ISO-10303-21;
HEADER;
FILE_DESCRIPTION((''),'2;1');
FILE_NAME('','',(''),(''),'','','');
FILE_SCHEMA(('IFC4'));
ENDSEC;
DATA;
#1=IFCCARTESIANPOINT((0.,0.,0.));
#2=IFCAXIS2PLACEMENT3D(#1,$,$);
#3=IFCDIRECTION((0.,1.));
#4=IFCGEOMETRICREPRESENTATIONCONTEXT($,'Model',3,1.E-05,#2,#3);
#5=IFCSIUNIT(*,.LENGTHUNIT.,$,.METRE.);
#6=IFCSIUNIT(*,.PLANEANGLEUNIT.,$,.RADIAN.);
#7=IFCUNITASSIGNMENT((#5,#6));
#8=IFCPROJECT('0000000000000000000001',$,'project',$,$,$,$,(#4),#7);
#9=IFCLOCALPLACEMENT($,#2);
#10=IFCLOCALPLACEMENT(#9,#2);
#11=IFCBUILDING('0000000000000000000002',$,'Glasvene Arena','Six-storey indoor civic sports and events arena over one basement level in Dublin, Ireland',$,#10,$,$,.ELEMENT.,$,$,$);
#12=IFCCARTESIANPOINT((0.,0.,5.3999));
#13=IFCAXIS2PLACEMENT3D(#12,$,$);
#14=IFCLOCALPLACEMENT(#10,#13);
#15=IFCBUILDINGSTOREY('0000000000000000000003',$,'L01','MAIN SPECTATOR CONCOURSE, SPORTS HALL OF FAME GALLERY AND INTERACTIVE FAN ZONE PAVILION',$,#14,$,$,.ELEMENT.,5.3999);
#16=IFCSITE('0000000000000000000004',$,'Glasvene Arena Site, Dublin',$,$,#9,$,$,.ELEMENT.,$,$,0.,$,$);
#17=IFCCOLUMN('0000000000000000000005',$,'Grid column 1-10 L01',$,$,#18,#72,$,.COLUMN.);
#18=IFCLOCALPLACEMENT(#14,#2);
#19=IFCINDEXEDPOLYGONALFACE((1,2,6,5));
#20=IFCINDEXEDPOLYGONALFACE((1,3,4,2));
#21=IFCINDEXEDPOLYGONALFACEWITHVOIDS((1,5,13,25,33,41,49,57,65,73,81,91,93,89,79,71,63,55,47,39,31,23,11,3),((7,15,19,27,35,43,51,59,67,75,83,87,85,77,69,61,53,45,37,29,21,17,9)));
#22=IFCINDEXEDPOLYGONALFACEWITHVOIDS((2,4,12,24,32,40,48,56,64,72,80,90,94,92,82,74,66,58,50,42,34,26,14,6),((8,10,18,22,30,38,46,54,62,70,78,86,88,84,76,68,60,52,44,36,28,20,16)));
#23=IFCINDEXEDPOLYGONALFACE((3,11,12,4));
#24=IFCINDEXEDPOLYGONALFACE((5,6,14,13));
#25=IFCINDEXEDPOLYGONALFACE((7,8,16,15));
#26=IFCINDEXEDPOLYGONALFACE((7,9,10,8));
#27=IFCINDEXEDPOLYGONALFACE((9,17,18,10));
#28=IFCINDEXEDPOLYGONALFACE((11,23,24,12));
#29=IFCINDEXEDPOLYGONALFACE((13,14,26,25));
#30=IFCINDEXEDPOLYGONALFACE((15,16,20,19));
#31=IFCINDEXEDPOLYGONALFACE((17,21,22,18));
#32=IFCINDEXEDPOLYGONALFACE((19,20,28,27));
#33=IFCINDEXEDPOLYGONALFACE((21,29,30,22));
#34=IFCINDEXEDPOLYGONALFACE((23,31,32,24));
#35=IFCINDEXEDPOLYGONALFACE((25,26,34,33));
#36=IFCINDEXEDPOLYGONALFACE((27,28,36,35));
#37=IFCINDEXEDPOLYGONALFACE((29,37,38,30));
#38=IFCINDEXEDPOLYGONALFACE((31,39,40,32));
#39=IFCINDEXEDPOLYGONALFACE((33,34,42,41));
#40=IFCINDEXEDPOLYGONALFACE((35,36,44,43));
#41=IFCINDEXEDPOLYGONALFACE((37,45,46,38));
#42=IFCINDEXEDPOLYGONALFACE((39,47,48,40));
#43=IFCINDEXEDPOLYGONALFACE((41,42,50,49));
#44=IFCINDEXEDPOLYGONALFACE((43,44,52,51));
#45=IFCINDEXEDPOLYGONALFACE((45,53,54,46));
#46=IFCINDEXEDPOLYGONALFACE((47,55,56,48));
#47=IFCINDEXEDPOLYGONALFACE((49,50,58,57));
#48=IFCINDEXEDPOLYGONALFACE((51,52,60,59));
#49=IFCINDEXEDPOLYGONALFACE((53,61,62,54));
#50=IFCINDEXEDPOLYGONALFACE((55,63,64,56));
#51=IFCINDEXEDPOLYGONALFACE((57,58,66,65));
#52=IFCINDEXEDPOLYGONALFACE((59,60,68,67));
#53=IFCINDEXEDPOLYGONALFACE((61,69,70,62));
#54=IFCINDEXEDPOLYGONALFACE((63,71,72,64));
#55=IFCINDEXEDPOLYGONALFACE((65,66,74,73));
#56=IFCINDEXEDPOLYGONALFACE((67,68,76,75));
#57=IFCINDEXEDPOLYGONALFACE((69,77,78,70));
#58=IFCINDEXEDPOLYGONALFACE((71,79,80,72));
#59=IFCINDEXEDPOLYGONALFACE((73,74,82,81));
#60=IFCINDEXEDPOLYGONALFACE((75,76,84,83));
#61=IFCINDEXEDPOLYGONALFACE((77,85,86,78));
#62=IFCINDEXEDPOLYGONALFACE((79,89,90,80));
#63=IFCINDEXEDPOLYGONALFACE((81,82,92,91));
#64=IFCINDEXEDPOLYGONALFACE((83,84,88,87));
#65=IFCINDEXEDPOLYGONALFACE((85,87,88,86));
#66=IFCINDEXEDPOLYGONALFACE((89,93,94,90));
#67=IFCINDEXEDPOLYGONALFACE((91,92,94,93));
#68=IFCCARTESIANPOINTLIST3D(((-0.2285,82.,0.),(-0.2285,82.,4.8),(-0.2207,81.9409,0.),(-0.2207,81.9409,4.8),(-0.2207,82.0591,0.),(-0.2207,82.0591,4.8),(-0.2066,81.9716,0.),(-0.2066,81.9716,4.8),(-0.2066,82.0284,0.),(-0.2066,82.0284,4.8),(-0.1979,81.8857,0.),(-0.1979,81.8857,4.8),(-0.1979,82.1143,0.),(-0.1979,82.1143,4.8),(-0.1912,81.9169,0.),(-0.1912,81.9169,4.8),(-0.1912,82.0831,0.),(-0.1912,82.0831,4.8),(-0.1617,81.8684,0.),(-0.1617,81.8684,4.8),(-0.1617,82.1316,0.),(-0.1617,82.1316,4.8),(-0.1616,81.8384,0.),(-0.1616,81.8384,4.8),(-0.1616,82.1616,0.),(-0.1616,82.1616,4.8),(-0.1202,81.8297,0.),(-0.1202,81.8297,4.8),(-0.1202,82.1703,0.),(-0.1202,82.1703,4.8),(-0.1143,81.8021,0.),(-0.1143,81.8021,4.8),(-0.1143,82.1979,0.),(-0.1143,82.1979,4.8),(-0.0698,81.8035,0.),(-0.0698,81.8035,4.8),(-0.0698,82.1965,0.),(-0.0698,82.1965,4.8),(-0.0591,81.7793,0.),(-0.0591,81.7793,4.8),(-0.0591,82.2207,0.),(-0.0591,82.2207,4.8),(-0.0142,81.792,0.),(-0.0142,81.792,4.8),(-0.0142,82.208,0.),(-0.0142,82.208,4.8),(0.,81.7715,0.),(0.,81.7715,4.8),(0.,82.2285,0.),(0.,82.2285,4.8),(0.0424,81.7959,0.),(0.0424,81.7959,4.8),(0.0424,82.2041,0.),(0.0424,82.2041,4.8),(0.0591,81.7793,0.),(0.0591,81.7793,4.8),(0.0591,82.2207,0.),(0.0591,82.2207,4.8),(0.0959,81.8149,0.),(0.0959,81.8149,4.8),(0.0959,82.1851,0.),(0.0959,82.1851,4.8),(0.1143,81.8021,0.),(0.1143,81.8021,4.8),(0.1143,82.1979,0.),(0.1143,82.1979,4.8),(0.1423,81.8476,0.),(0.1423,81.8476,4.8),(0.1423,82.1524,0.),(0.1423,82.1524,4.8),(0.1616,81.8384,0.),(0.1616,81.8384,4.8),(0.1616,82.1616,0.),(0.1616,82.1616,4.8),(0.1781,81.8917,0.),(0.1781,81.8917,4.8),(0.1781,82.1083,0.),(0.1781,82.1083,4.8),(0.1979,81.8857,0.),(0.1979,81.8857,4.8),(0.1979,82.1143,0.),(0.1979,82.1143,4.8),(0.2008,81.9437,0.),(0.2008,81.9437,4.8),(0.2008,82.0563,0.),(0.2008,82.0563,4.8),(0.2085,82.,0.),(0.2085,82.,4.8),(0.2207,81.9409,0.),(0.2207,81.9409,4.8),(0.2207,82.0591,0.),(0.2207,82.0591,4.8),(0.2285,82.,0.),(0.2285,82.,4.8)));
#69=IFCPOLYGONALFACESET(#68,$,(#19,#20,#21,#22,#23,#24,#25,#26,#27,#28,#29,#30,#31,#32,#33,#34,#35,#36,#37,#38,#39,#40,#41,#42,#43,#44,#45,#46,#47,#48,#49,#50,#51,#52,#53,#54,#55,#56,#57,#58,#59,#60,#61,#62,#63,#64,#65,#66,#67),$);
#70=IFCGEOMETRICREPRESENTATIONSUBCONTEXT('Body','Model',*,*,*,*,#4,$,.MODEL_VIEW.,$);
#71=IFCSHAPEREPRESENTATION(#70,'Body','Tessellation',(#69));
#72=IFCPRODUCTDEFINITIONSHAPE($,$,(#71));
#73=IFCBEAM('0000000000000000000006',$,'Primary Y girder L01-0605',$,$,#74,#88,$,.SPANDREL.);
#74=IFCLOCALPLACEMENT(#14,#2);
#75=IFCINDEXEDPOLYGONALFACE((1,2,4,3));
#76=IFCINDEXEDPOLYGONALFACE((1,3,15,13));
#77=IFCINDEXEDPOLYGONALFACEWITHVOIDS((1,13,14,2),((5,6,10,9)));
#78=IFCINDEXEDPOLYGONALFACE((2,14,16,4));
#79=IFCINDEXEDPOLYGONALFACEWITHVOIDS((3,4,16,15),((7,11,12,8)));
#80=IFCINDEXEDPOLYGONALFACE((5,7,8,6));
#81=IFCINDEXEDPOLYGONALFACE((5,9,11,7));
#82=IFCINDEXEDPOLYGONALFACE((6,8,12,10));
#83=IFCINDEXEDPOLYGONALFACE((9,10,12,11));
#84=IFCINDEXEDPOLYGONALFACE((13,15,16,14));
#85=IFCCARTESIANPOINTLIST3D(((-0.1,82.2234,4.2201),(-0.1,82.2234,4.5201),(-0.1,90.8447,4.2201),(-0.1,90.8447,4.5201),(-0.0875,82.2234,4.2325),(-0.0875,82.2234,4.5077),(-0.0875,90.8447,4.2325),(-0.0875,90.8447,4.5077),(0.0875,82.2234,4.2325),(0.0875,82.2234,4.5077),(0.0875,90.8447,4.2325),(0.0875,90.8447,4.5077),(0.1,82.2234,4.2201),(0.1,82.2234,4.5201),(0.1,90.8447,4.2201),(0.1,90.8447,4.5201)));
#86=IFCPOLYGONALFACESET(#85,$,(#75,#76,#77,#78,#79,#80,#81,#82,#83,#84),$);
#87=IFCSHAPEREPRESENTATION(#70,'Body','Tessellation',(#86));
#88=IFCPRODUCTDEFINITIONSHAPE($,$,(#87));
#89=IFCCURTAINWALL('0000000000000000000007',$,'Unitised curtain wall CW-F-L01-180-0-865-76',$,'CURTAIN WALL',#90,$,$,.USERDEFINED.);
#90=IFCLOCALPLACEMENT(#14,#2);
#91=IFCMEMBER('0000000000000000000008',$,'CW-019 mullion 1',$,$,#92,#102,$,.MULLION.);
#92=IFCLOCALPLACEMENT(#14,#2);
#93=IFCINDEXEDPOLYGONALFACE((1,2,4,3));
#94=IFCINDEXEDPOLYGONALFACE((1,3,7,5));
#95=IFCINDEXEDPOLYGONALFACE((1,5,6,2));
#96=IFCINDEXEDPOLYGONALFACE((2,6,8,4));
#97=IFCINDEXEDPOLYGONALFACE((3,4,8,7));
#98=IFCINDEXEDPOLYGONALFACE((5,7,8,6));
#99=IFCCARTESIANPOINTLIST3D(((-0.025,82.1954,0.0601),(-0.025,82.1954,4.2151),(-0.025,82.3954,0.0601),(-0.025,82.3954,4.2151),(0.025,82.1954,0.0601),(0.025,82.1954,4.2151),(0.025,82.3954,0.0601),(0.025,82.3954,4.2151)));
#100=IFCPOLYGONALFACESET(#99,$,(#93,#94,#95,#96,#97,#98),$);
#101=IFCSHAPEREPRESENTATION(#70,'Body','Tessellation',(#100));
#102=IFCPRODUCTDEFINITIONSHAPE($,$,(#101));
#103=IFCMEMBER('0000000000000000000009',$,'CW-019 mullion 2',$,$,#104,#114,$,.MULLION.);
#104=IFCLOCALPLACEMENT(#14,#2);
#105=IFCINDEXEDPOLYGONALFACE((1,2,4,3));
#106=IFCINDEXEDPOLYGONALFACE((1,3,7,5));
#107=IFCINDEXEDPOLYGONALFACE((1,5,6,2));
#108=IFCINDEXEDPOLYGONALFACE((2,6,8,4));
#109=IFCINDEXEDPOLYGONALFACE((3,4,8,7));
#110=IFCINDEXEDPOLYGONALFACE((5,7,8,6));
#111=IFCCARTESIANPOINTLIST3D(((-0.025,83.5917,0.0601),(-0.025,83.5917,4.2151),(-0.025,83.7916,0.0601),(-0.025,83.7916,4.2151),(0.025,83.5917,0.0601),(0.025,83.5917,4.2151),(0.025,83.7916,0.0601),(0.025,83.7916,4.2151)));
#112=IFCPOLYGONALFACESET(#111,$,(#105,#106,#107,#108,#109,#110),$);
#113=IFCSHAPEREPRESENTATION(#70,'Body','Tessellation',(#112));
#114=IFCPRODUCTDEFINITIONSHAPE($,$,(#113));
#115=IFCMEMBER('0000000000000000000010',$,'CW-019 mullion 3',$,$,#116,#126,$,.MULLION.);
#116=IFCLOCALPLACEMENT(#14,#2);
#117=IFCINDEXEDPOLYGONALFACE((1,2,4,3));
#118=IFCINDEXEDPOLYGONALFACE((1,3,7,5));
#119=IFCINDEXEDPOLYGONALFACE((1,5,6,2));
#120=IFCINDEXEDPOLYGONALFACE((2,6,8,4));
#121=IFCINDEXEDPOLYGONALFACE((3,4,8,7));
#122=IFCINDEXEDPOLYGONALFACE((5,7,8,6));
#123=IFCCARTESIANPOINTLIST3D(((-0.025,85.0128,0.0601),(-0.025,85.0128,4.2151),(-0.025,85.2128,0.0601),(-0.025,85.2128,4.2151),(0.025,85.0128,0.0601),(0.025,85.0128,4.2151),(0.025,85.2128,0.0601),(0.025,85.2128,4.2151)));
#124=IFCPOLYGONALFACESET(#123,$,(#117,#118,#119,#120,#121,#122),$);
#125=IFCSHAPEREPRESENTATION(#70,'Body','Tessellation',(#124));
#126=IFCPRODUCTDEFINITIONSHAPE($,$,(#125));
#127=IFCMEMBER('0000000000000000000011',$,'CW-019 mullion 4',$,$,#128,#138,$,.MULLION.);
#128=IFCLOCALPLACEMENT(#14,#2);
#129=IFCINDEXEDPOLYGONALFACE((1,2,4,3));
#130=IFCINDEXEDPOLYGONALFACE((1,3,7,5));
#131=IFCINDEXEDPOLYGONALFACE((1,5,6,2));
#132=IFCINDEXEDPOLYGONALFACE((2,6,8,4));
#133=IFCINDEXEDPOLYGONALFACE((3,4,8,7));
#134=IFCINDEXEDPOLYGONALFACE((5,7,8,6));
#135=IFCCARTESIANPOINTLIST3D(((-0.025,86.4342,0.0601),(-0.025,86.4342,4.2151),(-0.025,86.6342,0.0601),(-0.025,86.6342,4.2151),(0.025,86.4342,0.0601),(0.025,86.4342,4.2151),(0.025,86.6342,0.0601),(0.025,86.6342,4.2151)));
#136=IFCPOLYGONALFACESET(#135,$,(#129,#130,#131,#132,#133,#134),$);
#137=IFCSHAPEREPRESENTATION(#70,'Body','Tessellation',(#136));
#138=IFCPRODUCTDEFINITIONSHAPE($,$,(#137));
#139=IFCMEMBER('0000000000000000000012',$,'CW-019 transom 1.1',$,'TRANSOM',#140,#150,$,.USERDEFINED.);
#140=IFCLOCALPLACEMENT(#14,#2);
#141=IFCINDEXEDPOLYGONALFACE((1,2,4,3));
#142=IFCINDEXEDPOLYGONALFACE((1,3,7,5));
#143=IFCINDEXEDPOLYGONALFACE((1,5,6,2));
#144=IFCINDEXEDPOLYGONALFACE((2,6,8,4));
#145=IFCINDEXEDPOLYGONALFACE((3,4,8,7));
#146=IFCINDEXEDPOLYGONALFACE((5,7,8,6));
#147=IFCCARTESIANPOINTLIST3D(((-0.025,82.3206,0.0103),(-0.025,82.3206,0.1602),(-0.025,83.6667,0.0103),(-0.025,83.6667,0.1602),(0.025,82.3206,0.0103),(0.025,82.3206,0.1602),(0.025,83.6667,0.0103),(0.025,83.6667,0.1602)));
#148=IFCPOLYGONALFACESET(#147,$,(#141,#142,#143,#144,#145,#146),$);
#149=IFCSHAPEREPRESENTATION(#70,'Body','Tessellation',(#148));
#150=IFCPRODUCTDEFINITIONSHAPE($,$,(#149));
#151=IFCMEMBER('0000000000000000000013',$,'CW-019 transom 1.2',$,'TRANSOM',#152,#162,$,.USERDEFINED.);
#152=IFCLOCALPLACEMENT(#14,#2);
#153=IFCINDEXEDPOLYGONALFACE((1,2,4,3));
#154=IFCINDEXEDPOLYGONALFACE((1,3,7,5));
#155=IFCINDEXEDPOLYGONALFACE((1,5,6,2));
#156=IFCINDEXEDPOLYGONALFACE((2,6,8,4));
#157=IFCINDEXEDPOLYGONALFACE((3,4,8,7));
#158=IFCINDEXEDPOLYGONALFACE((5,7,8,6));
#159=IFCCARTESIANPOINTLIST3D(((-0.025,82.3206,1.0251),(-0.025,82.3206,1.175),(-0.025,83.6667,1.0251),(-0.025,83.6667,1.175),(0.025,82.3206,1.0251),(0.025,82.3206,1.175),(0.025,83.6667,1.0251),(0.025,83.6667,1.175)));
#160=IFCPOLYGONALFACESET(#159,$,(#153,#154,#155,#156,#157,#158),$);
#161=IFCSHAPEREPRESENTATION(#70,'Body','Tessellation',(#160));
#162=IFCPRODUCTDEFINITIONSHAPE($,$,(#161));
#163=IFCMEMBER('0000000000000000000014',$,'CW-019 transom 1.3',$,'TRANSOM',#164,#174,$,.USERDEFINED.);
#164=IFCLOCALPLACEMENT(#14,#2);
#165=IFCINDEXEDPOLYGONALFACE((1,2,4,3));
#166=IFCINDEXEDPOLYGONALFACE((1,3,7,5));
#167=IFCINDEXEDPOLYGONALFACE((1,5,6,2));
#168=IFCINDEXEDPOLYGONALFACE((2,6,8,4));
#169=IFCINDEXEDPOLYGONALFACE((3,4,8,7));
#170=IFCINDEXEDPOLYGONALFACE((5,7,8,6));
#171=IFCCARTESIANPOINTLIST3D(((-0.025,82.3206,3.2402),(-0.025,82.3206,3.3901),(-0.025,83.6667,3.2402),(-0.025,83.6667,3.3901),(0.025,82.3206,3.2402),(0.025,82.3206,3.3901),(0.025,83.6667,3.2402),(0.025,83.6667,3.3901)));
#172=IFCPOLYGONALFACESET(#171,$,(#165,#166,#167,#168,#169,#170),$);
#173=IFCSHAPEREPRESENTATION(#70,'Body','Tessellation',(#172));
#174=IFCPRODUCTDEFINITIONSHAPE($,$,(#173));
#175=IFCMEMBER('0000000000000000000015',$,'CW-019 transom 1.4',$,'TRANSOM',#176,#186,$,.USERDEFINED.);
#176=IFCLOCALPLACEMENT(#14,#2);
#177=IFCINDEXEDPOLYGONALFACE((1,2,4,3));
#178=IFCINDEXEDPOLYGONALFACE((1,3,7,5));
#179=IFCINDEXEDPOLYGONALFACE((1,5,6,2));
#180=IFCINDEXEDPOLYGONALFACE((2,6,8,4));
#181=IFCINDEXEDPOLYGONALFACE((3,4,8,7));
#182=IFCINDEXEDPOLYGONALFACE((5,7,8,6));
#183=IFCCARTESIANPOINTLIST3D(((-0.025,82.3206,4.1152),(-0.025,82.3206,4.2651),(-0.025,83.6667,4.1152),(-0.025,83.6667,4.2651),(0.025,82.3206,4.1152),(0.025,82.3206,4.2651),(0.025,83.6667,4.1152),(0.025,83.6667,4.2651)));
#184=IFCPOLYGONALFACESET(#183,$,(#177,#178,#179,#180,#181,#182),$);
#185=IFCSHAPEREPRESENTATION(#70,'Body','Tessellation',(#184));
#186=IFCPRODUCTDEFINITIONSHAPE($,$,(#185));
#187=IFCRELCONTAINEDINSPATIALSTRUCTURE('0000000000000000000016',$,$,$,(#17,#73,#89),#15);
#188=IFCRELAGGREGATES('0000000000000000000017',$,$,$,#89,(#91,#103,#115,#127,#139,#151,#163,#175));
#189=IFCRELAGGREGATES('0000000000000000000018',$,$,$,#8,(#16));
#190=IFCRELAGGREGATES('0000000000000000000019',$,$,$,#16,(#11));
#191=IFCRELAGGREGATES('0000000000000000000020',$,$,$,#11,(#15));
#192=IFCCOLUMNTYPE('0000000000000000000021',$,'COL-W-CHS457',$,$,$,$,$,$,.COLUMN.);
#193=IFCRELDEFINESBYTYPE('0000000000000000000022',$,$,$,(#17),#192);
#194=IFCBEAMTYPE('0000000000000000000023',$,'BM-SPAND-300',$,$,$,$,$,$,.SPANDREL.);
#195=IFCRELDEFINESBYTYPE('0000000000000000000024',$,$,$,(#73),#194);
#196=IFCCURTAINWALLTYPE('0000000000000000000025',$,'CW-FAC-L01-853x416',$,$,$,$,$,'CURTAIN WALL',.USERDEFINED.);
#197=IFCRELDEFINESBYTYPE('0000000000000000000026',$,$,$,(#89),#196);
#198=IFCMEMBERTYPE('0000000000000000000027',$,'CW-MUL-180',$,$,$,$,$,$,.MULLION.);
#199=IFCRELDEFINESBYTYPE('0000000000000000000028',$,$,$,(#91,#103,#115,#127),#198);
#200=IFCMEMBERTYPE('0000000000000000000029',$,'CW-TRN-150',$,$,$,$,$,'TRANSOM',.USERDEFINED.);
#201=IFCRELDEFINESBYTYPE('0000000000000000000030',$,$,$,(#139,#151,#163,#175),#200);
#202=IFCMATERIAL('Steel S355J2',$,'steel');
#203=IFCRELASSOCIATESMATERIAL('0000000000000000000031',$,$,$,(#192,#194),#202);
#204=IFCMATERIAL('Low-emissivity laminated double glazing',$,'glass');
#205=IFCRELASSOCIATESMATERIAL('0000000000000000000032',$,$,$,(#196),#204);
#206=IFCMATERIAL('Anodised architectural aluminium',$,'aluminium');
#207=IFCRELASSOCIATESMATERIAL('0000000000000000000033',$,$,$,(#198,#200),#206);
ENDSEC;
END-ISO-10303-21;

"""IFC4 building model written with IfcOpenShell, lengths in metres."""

from ifc_helpers import new_model, si_unit, direction, frame, origin, origin_2d, place, context, subcontext, project, spatial, rectangle, hollow_rectangle, hollow_circle, extrude, material, material_profile, profile_set, type_object, element, aggregate, save


model = new_model("IFC4")

# Units and contexts
model_context = context("Model", 3, precision=1e-05, world=origin(), true_north=direction((0.0, 1.0)))
body_context = subcontext(model_context, "Body", "Model", "MODEL_VIEW")
ifc_project = project(units=[si_unit("LENGTHUNIT", "METRE"), si_unit("PLANEANGLEUNIT", "RADIAN")], contexts=[model_context])

# Site, building, storey
site_placement = place(None, origin())
site = spatial("IfcSite", under=ifc_project, at=site_placement, Name="Glasvene Arena Site, Dublin", CompositionType="ELEMENT", RefElevation=0.0)
building_placement = place(site_placement, origin())
building = spatial("IfcBuilding", under=site, at=building_placement, Name="Glasvene Arena", Description="Six-storey indoor civic sports and events arena over one basement level in Dublin, Ireland", CompositionType="ELEMENT")
storey_placement = place(building_placement, frame((0.0, 0.0, 5.3999)))
storey = spatial("IfcBuildingStorey", under=building, at=storey_placement, Name="L01", Description="MAIN SPECTATOR CONCOURSE, SPORTS HALL OF FAME GALLERY AND INTERACTIVE FAN ZONE PAVILION", CompositionType="ELEMENT", Elevation=5.3999)

# Column
ifc_material_1 = material(Name="Steel S355J2", Category="steel")
ifc_material_profile_1 = material_profile(ifc_material_1, hollow_circle(Radius=0.2285, WallThickness=0.02, at=origin_2d()), Name="CHS 457.0x20.0")
ifc_profile_set_1 = profile_set([ifc_material_profile_1], Name="Steel S355J2")
column_type = type_object("IfcColumnType", Name="COL-W-CHS457", PredefinedType="COLUMN", material=ifc_profile_set_1)
column_placement = place(storey_placement, frame((0.0, 82.0, 0.0), z_axis=(0.0, 0.0, 1.0), x_axis=(1.0, 0.0, 0.0)))
element("IfcColumn", 1, at=column_placement, inside=storey, type_object=column_type, Name="Grid column 1-10 L01", PredefinedType="COLUMN", context=body_context, shape_type="SweptSolid", body=[
    extrude(hollow_circle(Radius=0.2285, WallThickness=0.02, at=origin_2d()), origin(), (0.0, 0.0, 1.0), 4.8),
])

# Beam
ifc_material_profile_2 = material_profile(ifc_material_1, hollow_rectangle(XDim=0.2, YDim=0.3, WallThickness=0.0125, at=origin_2d()), Name="RHS 300x200x12.5")
ifc_profile_set_2 = profile_set([ifc_material_profile_2], Name="Steel S355J2")
beam_type = type_object("IfcBeamType", Name="BM-SPAND-300", PredefinedType="SPANDREL", material=ifc_profile_set_2)
beam_placement = place(storey_placement, frame((0.0, 82.2234, 4.3701), z_axis=(0.0, 1.0, 0.0), x_axis=(-1.0, 0.0, 0.0)))
element("IfcBeam", 2, at=beam_placement, inside=storey, type_object=beam_type, Name="Primary Y girder L01-0605", PredefinedType="SPANDREL", context=body_context, shape_type="SweptSolid", body=[
    extrude(hollow_rectangle(XDim=0.2, YDim=0.3, WallThickness=0.0125, at=origin_2d()), origin(), (0.0, 0.0, 1.0), 8.6213),
])

# Curtain wall, members
ifc_material_2 = material(Name="Low-emissivity laminated double glazing", Category="glass")
curtain_wall_type = type_object("IfcCurtainWallType", Name="CW-FAC-L01-853x416", ElementType="CURTAIN WALL", PredefinedType="USERDEFINED", material=ifc_material_2)
curtain_wall_placement = place(storey_placement, frame((0.0, 82.2705, 0.0)))
curtain_wall = element("IfcCurtainWall", 3, at=curtain_wall_placement, inside=storey, type_object=curtain_wall_type, Name="Unitised curtain wall CW-F-L01-180-0-865-76", ObjectType="CURTAIN WALL", PredefinedType="USERDEFINED")
ifc_material_3 = material(Name="Anodised architectural aluminium", Category="aluminium")
ifc_material_profile_3 = material_profile(ifc_material_3, rectangle(XDim=0.05, YDim=0.2, at=origin_2d()), Name="ALU MULLION 50x200")
ifc_profile_set_3 = profile_set([ifc_material_profile_3], Name="Anodised architectural aluminium")
member_type_1 = type_object("IfcMemberType", Name="CW-MUL-180", PredefinedType="MULLION", material=ifc_profile_set_3)
member_1_placement = place(storey_placement, frame((0.0, 82.2954, 0.0601), z_axis=(0.0, 0.0, 1.0), x_axis=(-1.0, 0.0, 0.0)))
member_1 = element("IfcMember", 4, at=member_1_placement, type_object=member_type_1, Name="CW-019 mullion 1", PredefinedType="MULLION", context=body_context, shape_type="SweptSolid", body=[
    extrude(rectangle(XDim=0.05, YDim=0.2, at=origin_2d()), origin(), (0.0, 0.0, 1.0), 4.155),
])
member_2_placement = place(storey_placement, frame((0.0, 83.6917, 0.0601), z_axis=(0.0, 0.0, 1.0), x_axis=(-1.0, 0.0, 0.0)))
member_2 = element("IfcMember", 5, at=member_2_placement, type_object=member_type_1, Name="CW-019 mullion 2", PredefinedType="MULLION", context=body_context, shape_type="SweptSolid", body=[
    extrude(rectangle(XDim=0.05, YDim=0.2, at=origin_2d()), origin(), (0.0, 0.0, 1.0), 4.155),
])
member_3_placement = place(storey_placement, frame((0.0, 85.1128, 0.0601), z_axis=(0.0, 0.0, 1.0), x_axis=(-1.0, 0.0, 0.0)))
member_3 = element("IfcMember", 6, at=member_3_placement, type_object=member_type_1, Name="CW-019 mullion 3", PredefinedType="MULLION", context=body_context, shape_type="SweptSolid", body=[
    extrude(rectangle(XDim=0.05, YDim=0.2, at=origin_2d()), origin(), (0.0, 0.0, 1.0), 4.155),
])
member_4_placement = place(storey_placement, frame((0.0, 86.5342, 0.0601), z_axis=(0.0, 0.0, 1.0), x_axis=(-1.0, 0.0, 0.0)))
member_4 = element("IfcMember", 7, at=member_4_placement, type_object=member_type_1, Name="CW-019 mullion 4", PredefinedType="MULLION", context=body_context, shape_type="SweptSolid", body=[
    extrude(rectangle(XDim=0.05, YDim=0.2, at=origin_2d()), origin(), (0.0, 0.0, 1.0), 4.155),
])
ifc_material_profile_4 = material_profile(ifc_material_3, rectangle(XDim=0.05, YDim=0.1499, at=origin_2d()), Name="ALU TRANSOM 50x150")
ifc_profile_set_4 = profile_set([ifc_material_profile_4], Name="Anodised architectural aluminium")
member_type_2 = type_object("IfcMemberType", Name="CW-TRN-150", ElementType="TRANSOM", PredefinedType="USERDEFINED", material=ifc_profile_set_4)
member_5_placement = place(storey_placement, frame((0.0, 82.3206, 0.0852), z_axis=(0.0, 1.0, 0.0), x_axis=(-1.0, 0.0, 0.0)))
member_5 = element("IfcMember", 8, at=member_5_placement, type_object=member_type_2, Name="CW-019 transom 1.1", ObjectType="TRANSOM", PredefinedType="USERDEFINED", context=body_context, shape_type="SweptSolid", body=[
    extrude(rectangle(XDim=0.05, YDim=0.1499, at=origin_2d()), origin(), (0.0, 0.0, 1.0), 1.3462),
])
member_6_placement = place(storey_placement, frame((0.0, 82.3206, 1.1001), z_axis=(0.0, 1.0, 0.0), x_axis=(-1.0, 0.0, 0.0)))
member_6 = element("IfcMember", 9, at=member_6_placement, type_object=member_type_2, Name="CW-019 transom 1.2", ObjectType="TRANSOM", PredefinedType="USERDEFINED", context=body_context, shape_type="SweptSolid", body=[
    extrude(rectangle(XDim=0.05, YDim=0.1499, at=origin_2d()), origin(), (0.0, 0.0, 1.0), 1.3462),
])
member_7_placement = place(storey_placement, frame((0.0, 82.3206, 3.3152), z_axis=(0.0, 1.0, 0.0), x_axis=(-1.0, 0.0, 0.0)))
member_7 = element("IfcMember", 10, at=member_7_placement, type_object=member_type_2, Name="CW-019 transom 1.3", ObjectType="TRANSOM", PredefinedType="USERDEFINED", context=body_context, shape_type="SweptSolid", body=[
    extrude(rectangle(XDim=0.05, YDim=0.1499, at=origin_2d()), origin(), (0.0, 0.0, 1.0), 1.3462),
])
member_8_placement = place(storey_placement, frame((0.0, 82.3206, 4.1902), z_axis=(0.0, 1.0, 0.0), x_axis=(-1.0, 0.0, 0.0)))
member_8 = element("IfcMember", 11, at=member_8_placement, type_object=member_type_2, Name="CW-019 transom 1.4", ObjectType="TRANSOM", PredefinedType="USERDEFINED", context=body_context, shape_type="SweptSolid", body=[
    extrude(rectangle(XDim=0.05, YDim=0.1499, at=origin_2d()), origin(), (0.0, 0.0, 1.0), 1.3462),
])
aggregate(curtain_wall, [member_1, member_2, member_3, member_4, member_5, member_6, member_7, member_8])

save(model, "model.ifc")
